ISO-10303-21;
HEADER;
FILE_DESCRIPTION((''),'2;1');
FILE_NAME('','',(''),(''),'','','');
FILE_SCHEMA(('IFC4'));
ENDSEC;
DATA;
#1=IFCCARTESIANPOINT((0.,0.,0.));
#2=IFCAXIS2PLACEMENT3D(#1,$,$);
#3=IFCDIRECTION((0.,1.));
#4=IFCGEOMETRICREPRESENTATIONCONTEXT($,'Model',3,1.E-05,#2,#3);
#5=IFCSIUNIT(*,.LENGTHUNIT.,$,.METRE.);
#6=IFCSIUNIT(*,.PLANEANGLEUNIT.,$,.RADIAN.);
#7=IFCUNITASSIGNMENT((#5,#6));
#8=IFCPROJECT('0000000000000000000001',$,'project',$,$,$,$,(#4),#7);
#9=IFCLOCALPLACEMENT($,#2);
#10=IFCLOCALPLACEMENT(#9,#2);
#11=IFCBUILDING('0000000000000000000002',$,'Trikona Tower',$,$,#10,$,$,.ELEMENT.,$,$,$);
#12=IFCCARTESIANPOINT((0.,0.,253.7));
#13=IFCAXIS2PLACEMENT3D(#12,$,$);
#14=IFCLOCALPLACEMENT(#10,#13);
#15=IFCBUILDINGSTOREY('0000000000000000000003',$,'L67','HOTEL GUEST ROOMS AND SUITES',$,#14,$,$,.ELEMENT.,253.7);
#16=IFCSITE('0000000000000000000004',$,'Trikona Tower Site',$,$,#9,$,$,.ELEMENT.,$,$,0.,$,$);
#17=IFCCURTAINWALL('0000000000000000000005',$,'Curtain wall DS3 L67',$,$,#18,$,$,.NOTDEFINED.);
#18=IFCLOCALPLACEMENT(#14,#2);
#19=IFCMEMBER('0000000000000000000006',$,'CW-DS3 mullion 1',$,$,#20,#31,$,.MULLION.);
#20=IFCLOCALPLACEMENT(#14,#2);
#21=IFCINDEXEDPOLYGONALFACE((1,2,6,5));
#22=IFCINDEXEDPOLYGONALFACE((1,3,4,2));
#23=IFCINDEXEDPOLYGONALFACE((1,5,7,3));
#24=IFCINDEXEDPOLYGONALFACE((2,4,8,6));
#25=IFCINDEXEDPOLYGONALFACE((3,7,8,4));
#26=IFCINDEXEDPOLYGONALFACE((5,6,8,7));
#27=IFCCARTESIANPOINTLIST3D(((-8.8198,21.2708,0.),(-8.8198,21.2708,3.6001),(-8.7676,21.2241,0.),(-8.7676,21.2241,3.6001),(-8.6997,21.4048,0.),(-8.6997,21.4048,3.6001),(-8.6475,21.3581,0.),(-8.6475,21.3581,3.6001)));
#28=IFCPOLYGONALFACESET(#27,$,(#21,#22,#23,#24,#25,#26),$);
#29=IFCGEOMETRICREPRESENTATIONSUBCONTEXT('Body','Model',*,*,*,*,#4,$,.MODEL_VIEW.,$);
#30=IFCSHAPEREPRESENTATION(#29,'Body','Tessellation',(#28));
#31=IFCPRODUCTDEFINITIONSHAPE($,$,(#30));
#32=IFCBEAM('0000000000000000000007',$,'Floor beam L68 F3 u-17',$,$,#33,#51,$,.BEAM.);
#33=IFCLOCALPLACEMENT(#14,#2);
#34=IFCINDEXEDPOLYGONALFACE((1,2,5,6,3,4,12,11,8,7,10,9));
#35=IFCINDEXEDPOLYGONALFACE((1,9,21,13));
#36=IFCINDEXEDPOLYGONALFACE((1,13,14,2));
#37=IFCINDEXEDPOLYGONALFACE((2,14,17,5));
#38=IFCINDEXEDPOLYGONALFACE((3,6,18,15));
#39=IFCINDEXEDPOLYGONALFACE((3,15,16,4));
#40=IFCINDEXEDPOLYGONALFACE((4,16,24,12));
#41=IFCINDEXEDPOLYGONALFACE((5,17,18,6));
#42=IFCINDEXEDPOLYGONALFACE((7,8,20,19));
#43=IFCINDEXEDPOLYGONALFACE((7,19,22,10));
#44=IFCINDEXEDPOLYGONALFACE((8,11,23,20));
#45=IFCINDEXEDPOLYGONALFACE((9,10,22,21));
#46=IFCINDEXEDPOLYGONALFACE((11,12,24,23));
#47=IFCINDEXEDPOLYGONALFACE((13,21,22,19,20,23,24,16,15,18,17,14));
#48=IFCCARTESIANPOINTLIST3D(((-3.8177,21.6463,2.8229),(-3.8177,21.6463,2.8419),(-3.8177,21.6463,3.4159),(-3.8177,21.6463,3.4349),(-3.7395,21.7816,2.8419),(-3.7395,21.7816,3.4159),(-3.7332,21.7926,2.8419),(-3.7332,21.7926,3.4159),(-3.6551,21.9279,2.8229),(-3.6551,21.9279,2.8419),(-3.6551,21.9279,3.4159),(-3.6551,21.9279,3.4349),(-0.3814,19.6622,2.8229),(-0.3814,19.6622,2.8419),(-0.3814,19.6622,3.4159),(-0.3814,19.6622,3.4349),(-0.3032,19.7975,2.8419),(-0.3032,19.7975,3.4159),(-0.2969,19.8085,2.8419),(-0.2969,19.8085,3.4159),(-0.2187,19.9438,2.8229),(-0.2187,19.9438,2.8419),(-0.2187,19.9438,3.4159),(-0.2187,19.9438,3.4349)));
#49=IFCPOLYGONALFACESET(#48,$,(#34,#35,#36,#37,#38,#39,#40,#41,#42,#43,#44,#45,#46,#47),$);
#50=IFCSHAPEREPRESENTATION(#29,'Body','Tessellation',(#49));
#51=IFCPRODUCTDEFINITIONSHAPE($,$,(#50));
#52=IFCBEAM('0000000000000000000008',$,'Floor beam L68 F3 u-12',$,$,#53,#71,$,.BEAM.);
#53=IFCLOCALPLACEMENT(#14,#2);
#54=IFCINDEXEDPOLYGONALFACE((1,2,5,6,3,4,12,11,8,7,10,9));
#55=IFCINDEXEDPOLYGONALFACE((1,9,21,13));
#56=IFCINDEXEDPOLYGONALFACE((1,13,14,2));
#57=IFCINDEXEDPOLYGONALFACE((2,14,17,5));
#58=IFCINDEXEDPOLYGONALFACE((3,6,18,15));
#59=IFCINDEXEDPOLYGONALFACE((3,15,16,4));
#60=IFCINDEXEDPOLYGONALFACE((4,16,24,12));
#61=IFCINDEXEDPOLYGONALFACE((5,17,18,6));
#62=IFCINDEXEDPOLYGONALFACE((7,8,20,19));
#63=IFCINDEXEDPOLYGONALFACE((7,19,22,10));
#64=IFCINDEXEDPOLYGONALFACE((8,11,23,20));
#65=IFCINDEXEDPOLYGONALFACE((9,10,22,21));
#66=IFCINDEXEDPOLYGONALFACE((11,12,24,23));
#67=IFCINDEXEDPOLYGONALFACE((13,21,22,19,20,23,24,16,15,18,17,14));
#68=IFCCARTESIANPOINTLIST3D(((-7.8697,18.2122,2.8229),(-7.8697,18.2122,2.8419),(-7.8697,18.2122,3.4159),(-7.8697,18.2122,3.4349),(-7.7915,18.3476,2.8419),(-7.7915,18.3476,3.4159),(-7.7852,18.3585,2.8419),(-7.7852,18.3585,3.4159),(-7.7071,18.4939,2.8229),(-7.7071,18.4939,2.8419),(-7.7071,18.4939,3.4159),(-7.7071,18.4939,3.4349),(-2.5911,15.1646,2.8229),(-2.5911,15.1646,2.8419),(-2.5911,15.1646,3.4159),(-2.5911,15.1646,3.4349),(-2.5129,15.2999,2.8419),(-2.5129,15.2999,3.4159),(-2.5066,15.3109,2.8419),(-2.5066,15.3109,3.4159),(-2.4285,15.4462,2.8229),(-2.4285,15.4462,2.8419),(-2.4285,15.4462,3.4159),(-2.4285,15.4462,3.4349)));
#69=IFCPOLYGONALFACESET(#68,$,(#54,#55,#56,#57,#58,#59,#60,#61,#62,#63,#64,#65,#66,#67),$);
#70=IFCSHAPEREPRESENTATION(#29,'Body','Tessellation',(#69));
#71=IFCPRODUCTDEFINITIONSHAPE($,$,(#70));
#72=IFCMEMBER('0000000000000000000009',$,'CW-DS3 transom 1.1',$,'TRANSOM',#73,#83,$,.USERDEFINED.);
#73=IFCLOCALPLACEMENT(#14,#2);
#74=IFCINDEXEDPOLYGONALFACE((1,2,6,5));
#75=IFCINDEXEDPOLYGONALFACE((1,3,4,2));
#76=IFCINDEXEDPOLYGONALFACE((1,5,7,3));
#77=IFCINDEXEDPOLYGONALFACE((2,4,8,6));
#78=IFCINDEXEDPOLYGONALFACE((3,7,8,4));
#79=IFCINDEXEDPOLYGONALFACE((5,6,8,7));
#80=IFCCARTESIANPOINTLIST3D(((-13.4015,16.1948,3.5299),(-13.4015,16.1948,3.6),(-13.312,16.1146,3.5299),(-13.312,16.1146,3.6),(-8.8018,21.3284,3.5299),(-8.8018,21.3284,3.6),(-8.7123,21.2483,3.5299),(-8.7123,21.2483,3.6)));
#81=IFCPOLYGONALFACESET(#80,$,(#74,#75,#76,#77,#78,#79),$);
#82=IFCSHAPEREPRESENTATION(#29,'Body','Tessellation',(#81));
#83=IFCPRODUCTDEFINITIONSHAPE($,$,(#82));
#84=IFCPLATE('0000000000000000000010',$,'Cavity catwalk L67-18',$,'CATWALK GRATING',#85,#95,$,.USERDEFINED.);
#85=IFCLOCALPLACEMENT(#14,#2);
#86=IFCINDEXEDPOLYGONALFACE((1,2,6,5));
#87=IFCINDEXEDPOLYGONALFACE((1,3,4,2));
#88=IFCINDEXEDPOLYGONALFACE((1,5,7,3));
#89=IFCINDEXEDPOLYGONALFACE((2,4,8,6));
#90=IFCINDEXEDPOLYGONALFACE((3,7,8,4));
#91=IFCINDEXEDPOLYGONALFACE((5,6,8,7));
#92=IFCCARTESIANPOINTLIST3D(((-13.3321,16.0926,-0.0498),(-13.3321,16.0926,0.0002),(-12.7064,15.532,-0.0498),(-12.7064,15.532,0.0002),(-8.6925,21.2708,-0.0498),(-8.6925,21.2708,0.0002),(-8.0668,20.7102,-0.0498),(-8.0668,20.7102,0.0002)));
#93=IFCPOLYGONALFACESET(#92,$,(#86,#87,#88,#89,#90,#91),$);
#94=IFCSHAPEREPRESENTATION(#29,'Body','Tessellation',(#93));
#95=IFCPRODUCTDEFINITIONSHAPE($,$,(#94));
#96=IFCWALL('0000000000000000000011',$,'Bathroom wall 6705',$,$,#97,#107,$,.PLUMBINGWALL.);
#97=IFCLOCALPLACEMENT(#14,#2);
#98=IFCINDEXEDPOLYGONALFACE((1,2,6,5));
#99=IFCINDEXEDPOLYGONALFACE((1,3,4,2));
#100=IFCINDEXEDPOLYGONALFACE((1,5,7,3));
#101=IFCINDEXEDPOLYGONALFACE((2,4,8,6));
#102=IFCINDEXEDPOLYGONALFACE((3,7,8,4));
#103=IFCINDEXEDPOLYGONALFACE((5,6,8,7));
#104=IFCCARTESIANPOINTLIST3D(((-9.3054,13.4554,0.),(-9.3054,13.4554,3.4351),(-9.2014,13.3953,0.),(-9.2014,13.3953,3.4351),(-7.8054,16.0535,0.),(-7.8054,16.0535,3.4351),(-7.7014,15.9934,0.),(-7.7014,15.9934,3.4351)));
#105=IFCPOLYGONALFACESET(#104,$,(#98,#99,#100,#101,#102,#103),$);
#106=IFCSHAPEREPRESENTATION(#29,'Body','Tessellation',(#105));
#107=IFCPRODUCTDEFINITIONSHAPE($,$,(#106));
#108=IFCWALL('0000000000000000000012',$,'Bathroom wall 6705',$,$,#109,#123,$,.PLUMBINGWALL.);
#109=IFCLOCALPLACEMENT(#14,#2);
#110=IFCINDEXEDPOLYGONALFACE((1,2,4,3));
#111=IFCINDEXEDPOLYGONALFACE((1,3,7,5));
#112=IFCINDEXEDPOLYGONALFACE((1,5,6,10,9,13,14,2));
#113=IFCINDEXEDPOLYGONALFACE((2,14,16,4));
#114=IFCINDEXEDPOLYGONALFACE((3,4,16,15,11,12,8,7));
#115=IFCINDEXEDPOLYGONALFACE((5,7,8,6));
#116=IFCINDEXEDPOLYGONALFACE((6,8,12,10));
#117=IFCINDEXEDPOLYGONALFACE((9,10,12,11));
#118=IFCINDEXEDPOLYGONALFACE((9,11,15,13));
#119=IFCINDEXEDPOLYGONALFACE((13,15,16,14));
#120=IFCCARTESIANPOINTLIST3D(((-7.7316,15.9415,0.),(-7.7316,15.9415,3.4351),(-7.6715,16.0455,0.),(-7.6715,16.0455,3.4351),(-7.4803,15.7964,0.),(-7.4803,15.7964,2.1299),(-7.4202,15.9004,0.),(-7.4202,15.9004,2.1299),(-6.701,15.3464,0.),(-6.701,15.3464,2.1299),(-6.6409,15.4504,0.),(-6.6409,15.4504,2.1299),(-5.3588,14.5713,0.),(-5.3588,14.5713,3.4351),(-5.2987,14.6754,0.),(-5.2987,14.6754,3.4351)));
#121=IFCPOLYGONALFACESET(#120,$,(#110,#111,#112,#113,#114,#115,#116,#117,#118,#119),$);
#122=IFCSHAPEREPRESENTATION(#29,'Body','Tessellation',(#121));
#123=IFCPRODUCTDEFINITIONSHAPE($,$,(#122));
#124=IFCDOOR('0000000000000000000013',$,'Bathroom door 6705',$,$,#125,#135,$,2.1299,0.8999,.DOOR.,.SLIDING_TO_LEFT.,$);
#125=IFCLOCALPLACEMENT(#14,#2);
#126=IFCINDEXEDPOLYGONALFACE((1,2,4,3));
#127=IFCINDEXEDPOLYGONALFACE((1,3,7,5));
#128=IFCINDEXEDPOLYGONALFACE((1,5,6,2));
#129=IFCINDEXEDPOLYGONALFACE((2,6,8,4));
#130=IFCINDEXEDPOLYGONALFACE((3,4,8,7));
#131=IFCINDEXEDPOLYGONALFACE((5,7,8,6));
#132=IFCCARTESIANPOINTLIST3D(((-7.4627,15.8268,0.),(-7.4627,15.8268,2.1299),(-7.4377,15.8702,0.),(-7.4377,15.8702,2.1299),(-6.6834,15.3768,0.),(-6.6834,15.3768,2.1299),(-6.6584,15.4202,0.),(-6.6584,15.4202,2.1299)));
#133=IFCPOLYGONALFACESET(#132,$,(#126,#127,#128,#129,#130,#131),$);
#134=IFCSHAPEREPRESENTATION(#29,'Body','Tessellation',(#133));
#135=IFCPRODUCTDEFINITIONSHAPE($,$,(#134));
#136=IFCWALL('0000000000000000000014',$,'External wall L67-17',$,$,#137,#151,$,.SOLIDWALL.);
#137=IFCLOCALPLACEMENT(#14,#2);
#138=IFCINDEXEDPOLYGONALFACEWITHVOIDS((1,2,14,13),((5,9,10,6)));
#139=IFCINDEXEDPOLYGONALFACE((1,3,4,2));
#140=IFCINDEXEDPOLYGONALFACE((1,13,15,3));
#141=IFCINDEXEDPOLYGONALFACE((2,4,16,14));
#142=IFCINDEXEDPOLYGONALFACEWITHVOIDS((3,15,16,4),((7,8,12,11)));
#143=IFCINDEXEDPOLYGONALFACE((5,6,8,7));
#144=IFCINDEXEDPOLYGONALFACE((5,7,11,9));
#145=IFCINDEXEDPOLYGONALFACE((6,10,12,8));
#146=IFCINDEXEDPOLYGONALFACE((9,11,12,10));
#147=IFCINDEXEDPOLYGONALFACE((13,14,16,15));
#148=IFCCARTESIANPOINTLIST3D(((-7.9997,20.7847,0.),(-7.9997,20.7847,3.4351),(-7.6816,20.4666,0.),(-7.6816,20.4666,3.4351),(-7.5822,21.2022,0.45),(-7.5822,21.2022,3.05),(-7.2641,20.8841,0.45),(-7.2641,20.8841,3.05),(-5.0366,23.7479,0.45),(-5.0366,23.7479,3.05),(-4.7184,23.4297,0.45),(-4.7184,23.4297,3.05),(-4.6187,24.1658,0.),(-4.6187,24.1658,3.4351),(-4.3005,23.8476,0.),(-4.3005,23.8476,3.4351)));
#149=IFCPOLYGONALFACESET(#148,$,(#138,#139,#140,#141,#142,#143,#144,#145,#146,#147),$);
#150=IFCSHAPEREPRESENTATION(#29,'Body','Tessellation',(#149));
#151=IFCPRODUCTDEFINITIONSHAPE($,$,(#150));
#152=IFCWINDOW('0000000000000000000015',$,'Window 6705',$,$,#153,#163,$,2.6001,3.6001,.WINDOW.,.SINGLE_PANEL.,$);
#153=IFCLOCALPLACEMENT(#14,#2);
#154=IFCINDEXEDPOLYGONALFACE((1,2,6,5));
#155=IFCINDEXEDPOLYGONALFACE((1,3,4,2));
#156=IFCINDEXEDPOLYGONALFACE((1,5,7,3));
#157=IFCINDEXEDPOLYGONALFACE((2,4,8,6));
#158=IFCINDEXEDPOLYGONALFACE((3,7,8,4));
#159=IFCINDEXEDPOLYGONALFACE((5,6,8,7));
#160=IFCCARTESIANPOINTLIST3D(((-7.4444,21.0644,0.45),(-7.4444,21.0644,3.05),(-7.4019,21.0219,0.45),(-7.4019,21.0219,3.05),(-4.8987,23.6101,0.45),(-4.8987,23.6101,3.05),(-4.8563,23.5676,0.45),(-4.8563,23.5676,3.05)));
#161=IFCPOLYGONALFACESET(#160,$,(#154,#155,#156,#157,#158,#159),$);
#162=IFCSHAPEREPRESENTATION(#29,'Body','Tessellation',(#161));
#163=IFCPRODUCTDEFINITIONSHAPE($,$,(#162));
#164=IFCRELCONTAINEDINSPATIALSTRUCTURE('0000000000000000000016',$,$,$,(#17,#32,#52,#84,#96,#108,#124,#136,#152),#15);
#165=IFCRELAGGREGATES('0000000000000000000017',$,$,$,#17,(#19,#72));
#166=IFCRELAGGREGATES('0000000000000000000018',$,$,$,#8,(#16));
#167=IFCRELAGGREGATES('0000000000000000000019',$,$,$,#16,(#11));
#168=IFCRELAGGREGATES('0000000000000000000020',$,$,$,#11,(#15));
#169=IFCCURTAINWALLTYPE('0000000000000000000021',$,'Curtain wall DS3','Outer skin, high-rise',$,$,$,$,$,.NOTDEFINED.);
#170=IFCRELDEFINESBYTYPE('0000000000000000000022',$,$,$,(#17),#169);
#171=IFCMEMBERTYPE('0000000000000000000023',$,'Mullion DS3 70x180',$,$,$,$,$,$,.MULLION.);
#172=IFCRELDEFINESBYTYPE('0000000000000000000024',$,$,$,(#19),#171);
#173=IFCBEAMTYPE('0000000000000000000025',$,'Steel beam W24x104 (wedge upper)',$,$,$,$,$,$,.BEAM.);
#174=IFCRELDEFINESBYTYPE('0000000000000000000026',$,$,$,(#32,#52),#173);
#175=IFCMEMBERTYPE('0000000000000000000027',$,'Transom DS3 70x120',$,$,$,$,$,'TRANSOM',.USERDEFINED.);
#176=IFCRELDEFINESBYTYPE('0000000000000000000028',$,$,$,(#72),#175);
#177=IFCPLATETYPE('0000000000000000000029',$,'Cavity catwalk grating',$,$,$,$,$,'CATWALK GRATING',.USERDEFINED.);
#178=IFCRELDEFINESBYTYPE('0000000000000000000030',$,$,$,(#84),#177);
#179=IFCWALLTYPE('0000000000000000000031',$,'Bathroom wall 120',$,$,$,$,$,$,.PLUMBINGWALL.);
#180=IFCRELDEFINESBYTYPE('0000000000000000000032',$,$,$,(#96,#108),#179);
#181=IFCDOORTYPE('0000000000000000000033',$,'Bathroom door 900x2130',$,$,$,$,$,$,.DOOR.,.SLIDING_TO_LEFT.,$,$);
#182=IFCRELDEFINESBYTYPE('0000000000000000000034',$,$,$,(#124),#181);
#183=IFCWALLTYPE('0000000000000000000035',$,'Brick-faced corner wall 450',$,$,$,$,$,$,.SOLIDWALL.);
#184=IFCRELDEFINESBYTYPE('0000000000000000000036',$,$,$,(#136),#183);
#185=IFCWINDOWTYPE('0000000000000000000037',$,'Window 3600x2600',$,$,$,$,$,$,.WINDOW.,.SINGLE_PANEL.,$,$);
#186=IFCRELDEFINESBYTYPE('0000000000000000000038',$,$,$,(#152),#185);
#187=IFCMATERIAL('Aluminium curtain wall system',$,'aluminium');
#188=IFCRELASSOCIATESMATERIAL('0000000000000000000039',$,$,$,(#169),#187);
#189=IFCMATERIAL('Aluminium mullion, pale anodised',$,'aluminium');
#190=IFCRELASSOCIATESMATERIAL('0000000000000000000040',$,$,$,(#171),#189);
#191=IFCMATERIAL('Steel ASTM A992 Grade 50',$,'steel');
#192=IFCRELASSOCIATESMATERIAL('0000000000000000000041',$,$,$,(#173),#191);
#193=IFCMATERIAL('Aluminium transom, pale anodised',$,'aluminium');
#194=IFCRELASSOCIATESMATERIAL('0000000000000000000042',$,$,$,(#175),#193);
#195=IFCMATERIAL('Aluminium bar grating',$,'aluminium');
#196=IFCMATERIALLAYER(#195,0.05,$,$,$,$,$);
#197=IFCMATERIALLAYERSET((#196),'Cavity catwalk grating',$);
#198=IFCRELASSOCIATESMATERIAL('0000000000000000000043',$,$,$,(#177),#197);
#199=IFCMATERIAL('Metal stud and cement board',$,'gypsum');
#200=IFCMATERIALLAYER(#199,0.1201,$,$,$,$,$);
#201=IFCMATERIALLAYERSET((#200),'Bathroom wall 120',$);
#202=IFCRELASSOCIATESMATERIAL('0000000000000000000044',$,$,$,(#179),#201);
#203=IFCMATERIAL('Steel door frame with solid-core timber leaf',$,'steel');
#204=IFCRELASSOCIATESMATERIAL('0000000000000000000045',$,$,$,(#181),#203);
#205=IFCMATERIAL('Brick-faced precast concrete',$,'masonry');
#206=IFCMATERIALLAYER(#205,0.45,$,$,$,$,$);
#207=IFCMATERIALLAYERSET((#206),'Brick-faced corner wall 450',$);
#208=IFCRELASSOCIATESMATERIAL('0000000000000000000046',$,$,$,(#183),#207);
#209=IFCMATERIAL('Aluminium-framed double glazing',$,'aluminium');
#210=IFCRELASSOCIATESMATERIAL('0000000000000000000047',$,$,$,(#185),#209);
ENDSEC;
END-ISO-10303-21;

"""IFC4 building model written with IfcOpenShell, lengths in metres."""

from ifc_helpers import new_model, si_unit, direction, frame, frame_2d, origin, origin_2d, place, context, subcontext, project, spatial, rectangle, i_section, extrude, material, layer, layer_set, material_profile, profile_set, type_object, element, fill, aggregate, save


model = new_model("IFC4")

# Units and contexts
model_context = context("Model", 3, precision=1e-05, world=origin(), true_north=direction((0.0, 1.0)))
body_context = subcontext(model_context, "Body", "Model", "MODEL_VIEW")
ifc_project = project(units=[si_unit("LENGTHUNIT", "METRE"), si_unit("PLANEANGLEUNIT", "RADIAN")], contexts=[model_context])

# Site, building, storey
site_placement = place(None, origin())
site = spatial("IfcSite", under=ifc_project, at=site_placement, Name="Trikona Tower Site", CompositionType="ELEMENT", RefElevation=0.0)
building_placement = place(site_placement, origin())
building = spatial("IfcBuilding", under=site, at=building_placement, Name="Trikona Tower", CompositionType="ELEMENT")
storey_placement = place(building_placement, frame((0.0, 0.0, 253.7)))
storey = spatial("IfcBuildingStorey", under=building, at=storey_placement, Name="L67", Description="HOTEL GUEST ROOMS AND SUITES", CompositionType="ELEMENT", Elevation=253.7)

# Curtain wall, member
ifc_material_1 = material(Name="Aluminium curtain wall system", Category="aluminium")
curtain_wall_type = type_object("IfcCurtainWallType", Name="Curtain wall DS3", Description="Outer skin, high-rise", PredefinedType="NOTDEFINED", material=ifc_material_1)
curtain_wall_placement = place(storey_placement, origin())
curtain_wall = element("IfcCurtainWall", 1, at=curtain_wall_placement, inside=storey, type_object=curtain_wall_type, Name="Curtain wall DS3 L67", PredefinedType="NOTDEFINED")
ifc_material_2 = material(Name="Aluminium mullion, pale anodised", Category="aluminium")
ifc_material_profile_1 = material_profile(ifc_material_2, rectangle(XDim=0.0701, YDim=0.1799, at=origin_2d()), Name="MUL-DS3")
ifc_profile_set_1 = profile_set([ifc_material_profile_1], Name="Aluminium mullion, pale anodised")
member_type_1 = type_object("IfcMemberType", Name="Mullion DS3 70x180", PredefinedType="MULLION", material=ifc_profile_set_1)
member_1_placement = place(storey_placement, frame((-8.7336, 21.3145, 0.0), z_axis=(0.0, 0.0, 1.0), x_axis=(0.744771, -0.66732, 0.0)))
member_1 = element("IfcMember", 2, at=member_1_placement, type_object=member_type_1, Name="CW-DS3 mullion 1", PredefinedType="MULLION", context=body_context, shape_type="SweptSolid", body=[
    extrude(rectangle(XDim=0.0701, YDim=0.1799, at=origin_2d()), origin(), (0.0, 0.0, 1.0), 3.6001),
])

# Beams
ifc_material_3 = material(Name="Steel ASTM A992 Grade 50", Category="steel")
ifc_material_profile_2 = material_profile(ifc_material_3, i_section(OverallWidth=0.3252, OverallDepth=0.6121, WebThickness=0.0127, FlangeThickness=0.019, at=origin_2d()), Name="W24X104")
ifc_profile_set_2 = profile_set([ifc_material_profile_2], Name="Steel ASTM A992 Grade 50")
beam_type = type_object("IfcBeamType", Name="Steel beam W24x104 (wedge upper)", PredefinedType="BEAM", material=ifc_profile_set_2)
beam_1_placement = place(storey_placement, frame((-0.3, 19.803, 3.1289), z_axis=(-0.866004, 0.500037, 0.0), x_axis=(-0.500037, -0.866004, 0.0)))
element("IfcBeam", 3, at=beam_1_placement, inside=storey, type_object=beam_type, Name="Floor beam L68 F3 u-17", PredefinedType="BEAM", context=body_context, shape_type="SweptSolid", body=[
    extrude(i_section(OverallWidth=0.3252, OverallDepth=0.6121, WebThickness=0.0127, FlangeThickness=0.019, at=origin_2d()), origin(), (0.0, 0.0, 1.0), 3.968),
])
beam_2_placement = place(storey_placement, frame((-2.5098, 15.3054, 3.1289), z_axis=(-0.866023, 0.500003, 0.0), x_axis=(-0.500003, -0.866023, 0.0)))
element("IfcBeam", 4, at=beam_2_placement, inside=storey, type_object=beam_type, Name="Floor beam L68 F3 u-12", PredefinedType="BEAM", context=body_context, shape_type="SweptSolid", body=[
    extrude(i_section(OverallWidth=0.3252, OverallDepth=0.6121, WebThickness=0.0127, FlangeThickness=0.019, at=origin_2d()), origin(), (0.0, 0.0, 1.0), 6.0952),
])

# Member
ifc_material_4 = material(Name="Aluminium transom, pale anodised", Category="aluminium")
ifc_material_profile_3 = material_profile(ifc_material_4, rectangle(XDim=0.1201, YDim=0.0701, at=origin_2d()), Name="TRN-DS3")
ifc_profile_set_3 = profile_set([ifc_material_profile_3], Name="Aluminium transom, pale anodised")
member_type_2 = type_object("IfcMemberType", Name="Transom DS3 70x120", ElementType="TRANSOM", PredefinedType="USERDEFINED", material=ifc_profile_set_3)
member_2_placement = place(storey_placement, frame((-8.7571, 21.2883, 3.5649), z_axis=(-0.667313, -0.744777, 0.0), x_axis=(0.744777, -0.667313, 0.0)))
member_2 = element("IfcMember", 5, at=member_2_placement, type_object=member_type_2, Name="CW-DS3 transom 1.1", ObjectType="TRANSOM", PredefinedType="USERDEFINED", context=body_context, shape_type="SweptSolid", body=[
    extrude(rectangle(XDim=0.1201, YDim=0.0701, at=origin_2d()), origin(), (0.0, 0.0, 1.0), 6.8928),
])
aggregate(curtain_wall, [member_1, member_2])

# Plate
ifc_material_5 = material(Name="Aluminium bar grating", Category="aluminium")
ifc_layer_1 = layer(ifc_material_5, 0.05)
ifc_layer_set_1 = layer_set([ifc_layer_1], Name="Cavity catwalk grating")
plate_type = type_object("IfcPlateType", Name="Cavity catwalk grating", ElementType="CATWALK GRATING", PredefinedType="USERDEFINED", material=ifc_layer_set_1)
plate_placement = place(storey_placement, frame((-10.6995, 18.4014, -0.0498), z_axis=(0.0, 0.0, 1.0), x_axis=(-0.667311, -0.744779, 0.0)))
element("IfcPlate", 6, at=plate_placement, inside=storey, type_object=plate_type, Name="Cavity catwalk L67-18", ObjectType="CATWALK GRATING", PredefinedType="USERDEFINED", context=body_context, shape_type="SweptSolid", body=[
    extrude(rectangle(XDim=6.9526, YDim=0.8401, at=origin_2d()), origin(), (0.0, 0.0, 1.0), 0.05),
])

# Wall
ifc_material_6 = material(Name="Metal stud and cement board", Category="gypsum")
ifc_layer_2 = layer(ifc_material_6, 0.1201)
ifc_layer_set_2 = layer_set([ifc_layer_2], Name="Bathroom wall 120")
wall_type_1 = type_object("IfcWallType", Name="Bathroom wall 120", PredefinedType="PLUMBINGWALL", material=ifc_layer_set_2)
wall_1_placement = place(storey_placement, frame((-7.7534, 16.0234, 0.0), z_axis=(0.0, 0.0, 1.0), x_axis=(-0.49999, -0.866031, 0.0)))
element("IfcWall", 7, at=wall_1_placement, inside=storey, type_object=wall_type_1, Name="Bathroom wall 6705", PredefinedType="PLUMBINGWALL", context=body_context, shape_type="SweptSolid", body=[
    extrude(rectangle(XDim=3.0, YDim=0.1201, at=frame_2d((1.5, 0.0))), origin(), (0.0, 0.0, 1.0), 3.4351),
])

# Wall, opening, door
wall_2_placement = place(storey_placement, frame((-5.3286, 14.6233, 0.0), z_axis=(0.0, 0.0, 1.0), x_axis=(-0.865997, 0.500049, 0.0)))
wall_2 = element("IfcWall", 8, at=wall_2_placement, inside=storey, type_object=wall_type_1, Name="Bathroom wall 6705", PredefinedType="PLUMBINGWALL", context=body_context, shape_type="SweptSolid", body=[
    extrude(rectangle(XDim=2.74, YDim=0.1201, at=frame_2d((1.3701, 0.0))), origin(), (0.0, 0.0, 1.0), 3.4351),
])
opening_1_placement = place(wall_2_placement, frame((1.55, 0.0, 0.0)))
opening_1 = element("IfcOpeningElement", 9, at=opening_1_placement, cuts=wall_2, PredefinedType="OPENING", context=body_context, shape_type="SweptSolid", body=[
    extrude(rectangle(XDim=0.8999, YDim=2.1299, at=frame_2d((0.45, 1.0649))), frame((0.0, 0.0701, 0.0), z_axis=(0.0, -1.0, 0.0), x_axis=(1.0, 0.0, 0.0)), (0.0, 0.0, 1.0), 0.1401),
])
ifc_material_7 = material(Name="Steel door frame with solid-core timber leaf", Category="steel")
door_type_1 = type_object("IfcDoorType", Name="Bathroom door 900x2130", OperationType="SLIDING_TO_LEFT", PredefinedType="DOOR", material=ifc_material_7)
door_1_placement = place(opening_1_placement, origin())
door_1 = element("IfcDoor", 10, at=door_1_placement, inside=storey, type_object=door_type_1, Name="Bathroom door 6705", OperationType="SLIDING_TO_LEFT", OverallHeight=2.1299, OverallWidth=0.8999, PredefinedType="DOOR", context=body_context, shape_type="SweptSolid", body=[
    extrude(rectangle(XDim=0.8999, YDim=2.1299, at=frame_2d((0.45, 1.0649))), frame((0.0, 0.0249, 0.0), z_axis=(0.0, -1.0, 0.0), x_axis=(1.0, 0.0, 0.0)), (0.0, 0.0, 1.0), 0.05),
])
fill(opening_1, door_1)

# Wall, opening, window
ifc_material_8 = material(Name="Brick-faced precast concrete", Category="masonry")
ifc_layer_3 = layer(ifc_material_8, 0.45)
ifc_layer_set_3 = layer_set([ifc_layer_3], Name="Brick-faced corner wall 450")
wall_type_2 = type_object("IfcWallType", Name="Brick-faced corner wall 450", PredefinedType="SOLIDWALL", material=ifc_layer_set_3)
wall_3_placement = place(storey_placement, frame((-4.4597, 24.0066, 0.0), z_axis=(0.0, 0.0, 1.0), x_axis=(-0.707107, -0.707107, 0.0)))
wall_3 = element("IfcWall", 11, at=wall_3_placement, inside=storey, type_object=wall_type_2, Name="External wall L67-17", PredefinedType="SOLIDWALL", context=body_context, shape_type="SweptSolid", body=[
    extrude(rectangle(XDim=4.7815, YDim=0.45, at=frame_2d((2.3906, 0.0))), origin(), (0.0, 0.0, 1.0), 3.4351),
])
opening_2_placement = place(wall_3_placement, frame((0.5908, 0.0, 0.45)))
opening_2 = element("IfcOpeningElement", 12, at=opening_2_placement, cuts=wall_3, PredefinedType="OPENING", context=body_context, shape_type="SweptSolid", body=[
    extrude(rectangle(XDim=3.6001, YDim=2.6001, at=frame_2d((1.8, 1.3))), frame((0.0, 0.2349, 0.0), z_axis=(0.0, -1.0, 0.0), x_axis=(1.0, 0.0, 0.0)), (0.0, 0.0, 1.0), 0.47),
])
ifc_material_9 = material(Name="Aluminium-framed double glazing", Category="aluminium")
window_type_1 = type_object("IfcWindowType", Name="Window 3600x2600", PartitioningType="SINGLE_PANEL", PredefinedType="WINDOW", material=ifc_material_9)
window_1_placement = place(opening_2_placement, origin())
window_1 = element("IfcWindow", 13, at=window_1_placement, inside=storey, type_object=window_type_1, Name="Window 6705", OverallHeight=2.6001, OverallWidth=3.6001, PartitioningType="SINGLE_PANEL", PredefinedType="WINDOW", context=body_context, shape_type="SweptSolid", body=[
    extrude(rectangle(XDim=3.6001, YDim=2.6001, at=frame_2d((1.8, 1.3))), frame((0.0, 0.03, 0.0), z_axis=(0.0, -1.0, 0.0), x_axis=(1.0, 0.0, 0.0)), (0.0, 0.0, 1.0), 0.0601),
])
fill(opening_2, window_1)

save(model, "model.ifc")
